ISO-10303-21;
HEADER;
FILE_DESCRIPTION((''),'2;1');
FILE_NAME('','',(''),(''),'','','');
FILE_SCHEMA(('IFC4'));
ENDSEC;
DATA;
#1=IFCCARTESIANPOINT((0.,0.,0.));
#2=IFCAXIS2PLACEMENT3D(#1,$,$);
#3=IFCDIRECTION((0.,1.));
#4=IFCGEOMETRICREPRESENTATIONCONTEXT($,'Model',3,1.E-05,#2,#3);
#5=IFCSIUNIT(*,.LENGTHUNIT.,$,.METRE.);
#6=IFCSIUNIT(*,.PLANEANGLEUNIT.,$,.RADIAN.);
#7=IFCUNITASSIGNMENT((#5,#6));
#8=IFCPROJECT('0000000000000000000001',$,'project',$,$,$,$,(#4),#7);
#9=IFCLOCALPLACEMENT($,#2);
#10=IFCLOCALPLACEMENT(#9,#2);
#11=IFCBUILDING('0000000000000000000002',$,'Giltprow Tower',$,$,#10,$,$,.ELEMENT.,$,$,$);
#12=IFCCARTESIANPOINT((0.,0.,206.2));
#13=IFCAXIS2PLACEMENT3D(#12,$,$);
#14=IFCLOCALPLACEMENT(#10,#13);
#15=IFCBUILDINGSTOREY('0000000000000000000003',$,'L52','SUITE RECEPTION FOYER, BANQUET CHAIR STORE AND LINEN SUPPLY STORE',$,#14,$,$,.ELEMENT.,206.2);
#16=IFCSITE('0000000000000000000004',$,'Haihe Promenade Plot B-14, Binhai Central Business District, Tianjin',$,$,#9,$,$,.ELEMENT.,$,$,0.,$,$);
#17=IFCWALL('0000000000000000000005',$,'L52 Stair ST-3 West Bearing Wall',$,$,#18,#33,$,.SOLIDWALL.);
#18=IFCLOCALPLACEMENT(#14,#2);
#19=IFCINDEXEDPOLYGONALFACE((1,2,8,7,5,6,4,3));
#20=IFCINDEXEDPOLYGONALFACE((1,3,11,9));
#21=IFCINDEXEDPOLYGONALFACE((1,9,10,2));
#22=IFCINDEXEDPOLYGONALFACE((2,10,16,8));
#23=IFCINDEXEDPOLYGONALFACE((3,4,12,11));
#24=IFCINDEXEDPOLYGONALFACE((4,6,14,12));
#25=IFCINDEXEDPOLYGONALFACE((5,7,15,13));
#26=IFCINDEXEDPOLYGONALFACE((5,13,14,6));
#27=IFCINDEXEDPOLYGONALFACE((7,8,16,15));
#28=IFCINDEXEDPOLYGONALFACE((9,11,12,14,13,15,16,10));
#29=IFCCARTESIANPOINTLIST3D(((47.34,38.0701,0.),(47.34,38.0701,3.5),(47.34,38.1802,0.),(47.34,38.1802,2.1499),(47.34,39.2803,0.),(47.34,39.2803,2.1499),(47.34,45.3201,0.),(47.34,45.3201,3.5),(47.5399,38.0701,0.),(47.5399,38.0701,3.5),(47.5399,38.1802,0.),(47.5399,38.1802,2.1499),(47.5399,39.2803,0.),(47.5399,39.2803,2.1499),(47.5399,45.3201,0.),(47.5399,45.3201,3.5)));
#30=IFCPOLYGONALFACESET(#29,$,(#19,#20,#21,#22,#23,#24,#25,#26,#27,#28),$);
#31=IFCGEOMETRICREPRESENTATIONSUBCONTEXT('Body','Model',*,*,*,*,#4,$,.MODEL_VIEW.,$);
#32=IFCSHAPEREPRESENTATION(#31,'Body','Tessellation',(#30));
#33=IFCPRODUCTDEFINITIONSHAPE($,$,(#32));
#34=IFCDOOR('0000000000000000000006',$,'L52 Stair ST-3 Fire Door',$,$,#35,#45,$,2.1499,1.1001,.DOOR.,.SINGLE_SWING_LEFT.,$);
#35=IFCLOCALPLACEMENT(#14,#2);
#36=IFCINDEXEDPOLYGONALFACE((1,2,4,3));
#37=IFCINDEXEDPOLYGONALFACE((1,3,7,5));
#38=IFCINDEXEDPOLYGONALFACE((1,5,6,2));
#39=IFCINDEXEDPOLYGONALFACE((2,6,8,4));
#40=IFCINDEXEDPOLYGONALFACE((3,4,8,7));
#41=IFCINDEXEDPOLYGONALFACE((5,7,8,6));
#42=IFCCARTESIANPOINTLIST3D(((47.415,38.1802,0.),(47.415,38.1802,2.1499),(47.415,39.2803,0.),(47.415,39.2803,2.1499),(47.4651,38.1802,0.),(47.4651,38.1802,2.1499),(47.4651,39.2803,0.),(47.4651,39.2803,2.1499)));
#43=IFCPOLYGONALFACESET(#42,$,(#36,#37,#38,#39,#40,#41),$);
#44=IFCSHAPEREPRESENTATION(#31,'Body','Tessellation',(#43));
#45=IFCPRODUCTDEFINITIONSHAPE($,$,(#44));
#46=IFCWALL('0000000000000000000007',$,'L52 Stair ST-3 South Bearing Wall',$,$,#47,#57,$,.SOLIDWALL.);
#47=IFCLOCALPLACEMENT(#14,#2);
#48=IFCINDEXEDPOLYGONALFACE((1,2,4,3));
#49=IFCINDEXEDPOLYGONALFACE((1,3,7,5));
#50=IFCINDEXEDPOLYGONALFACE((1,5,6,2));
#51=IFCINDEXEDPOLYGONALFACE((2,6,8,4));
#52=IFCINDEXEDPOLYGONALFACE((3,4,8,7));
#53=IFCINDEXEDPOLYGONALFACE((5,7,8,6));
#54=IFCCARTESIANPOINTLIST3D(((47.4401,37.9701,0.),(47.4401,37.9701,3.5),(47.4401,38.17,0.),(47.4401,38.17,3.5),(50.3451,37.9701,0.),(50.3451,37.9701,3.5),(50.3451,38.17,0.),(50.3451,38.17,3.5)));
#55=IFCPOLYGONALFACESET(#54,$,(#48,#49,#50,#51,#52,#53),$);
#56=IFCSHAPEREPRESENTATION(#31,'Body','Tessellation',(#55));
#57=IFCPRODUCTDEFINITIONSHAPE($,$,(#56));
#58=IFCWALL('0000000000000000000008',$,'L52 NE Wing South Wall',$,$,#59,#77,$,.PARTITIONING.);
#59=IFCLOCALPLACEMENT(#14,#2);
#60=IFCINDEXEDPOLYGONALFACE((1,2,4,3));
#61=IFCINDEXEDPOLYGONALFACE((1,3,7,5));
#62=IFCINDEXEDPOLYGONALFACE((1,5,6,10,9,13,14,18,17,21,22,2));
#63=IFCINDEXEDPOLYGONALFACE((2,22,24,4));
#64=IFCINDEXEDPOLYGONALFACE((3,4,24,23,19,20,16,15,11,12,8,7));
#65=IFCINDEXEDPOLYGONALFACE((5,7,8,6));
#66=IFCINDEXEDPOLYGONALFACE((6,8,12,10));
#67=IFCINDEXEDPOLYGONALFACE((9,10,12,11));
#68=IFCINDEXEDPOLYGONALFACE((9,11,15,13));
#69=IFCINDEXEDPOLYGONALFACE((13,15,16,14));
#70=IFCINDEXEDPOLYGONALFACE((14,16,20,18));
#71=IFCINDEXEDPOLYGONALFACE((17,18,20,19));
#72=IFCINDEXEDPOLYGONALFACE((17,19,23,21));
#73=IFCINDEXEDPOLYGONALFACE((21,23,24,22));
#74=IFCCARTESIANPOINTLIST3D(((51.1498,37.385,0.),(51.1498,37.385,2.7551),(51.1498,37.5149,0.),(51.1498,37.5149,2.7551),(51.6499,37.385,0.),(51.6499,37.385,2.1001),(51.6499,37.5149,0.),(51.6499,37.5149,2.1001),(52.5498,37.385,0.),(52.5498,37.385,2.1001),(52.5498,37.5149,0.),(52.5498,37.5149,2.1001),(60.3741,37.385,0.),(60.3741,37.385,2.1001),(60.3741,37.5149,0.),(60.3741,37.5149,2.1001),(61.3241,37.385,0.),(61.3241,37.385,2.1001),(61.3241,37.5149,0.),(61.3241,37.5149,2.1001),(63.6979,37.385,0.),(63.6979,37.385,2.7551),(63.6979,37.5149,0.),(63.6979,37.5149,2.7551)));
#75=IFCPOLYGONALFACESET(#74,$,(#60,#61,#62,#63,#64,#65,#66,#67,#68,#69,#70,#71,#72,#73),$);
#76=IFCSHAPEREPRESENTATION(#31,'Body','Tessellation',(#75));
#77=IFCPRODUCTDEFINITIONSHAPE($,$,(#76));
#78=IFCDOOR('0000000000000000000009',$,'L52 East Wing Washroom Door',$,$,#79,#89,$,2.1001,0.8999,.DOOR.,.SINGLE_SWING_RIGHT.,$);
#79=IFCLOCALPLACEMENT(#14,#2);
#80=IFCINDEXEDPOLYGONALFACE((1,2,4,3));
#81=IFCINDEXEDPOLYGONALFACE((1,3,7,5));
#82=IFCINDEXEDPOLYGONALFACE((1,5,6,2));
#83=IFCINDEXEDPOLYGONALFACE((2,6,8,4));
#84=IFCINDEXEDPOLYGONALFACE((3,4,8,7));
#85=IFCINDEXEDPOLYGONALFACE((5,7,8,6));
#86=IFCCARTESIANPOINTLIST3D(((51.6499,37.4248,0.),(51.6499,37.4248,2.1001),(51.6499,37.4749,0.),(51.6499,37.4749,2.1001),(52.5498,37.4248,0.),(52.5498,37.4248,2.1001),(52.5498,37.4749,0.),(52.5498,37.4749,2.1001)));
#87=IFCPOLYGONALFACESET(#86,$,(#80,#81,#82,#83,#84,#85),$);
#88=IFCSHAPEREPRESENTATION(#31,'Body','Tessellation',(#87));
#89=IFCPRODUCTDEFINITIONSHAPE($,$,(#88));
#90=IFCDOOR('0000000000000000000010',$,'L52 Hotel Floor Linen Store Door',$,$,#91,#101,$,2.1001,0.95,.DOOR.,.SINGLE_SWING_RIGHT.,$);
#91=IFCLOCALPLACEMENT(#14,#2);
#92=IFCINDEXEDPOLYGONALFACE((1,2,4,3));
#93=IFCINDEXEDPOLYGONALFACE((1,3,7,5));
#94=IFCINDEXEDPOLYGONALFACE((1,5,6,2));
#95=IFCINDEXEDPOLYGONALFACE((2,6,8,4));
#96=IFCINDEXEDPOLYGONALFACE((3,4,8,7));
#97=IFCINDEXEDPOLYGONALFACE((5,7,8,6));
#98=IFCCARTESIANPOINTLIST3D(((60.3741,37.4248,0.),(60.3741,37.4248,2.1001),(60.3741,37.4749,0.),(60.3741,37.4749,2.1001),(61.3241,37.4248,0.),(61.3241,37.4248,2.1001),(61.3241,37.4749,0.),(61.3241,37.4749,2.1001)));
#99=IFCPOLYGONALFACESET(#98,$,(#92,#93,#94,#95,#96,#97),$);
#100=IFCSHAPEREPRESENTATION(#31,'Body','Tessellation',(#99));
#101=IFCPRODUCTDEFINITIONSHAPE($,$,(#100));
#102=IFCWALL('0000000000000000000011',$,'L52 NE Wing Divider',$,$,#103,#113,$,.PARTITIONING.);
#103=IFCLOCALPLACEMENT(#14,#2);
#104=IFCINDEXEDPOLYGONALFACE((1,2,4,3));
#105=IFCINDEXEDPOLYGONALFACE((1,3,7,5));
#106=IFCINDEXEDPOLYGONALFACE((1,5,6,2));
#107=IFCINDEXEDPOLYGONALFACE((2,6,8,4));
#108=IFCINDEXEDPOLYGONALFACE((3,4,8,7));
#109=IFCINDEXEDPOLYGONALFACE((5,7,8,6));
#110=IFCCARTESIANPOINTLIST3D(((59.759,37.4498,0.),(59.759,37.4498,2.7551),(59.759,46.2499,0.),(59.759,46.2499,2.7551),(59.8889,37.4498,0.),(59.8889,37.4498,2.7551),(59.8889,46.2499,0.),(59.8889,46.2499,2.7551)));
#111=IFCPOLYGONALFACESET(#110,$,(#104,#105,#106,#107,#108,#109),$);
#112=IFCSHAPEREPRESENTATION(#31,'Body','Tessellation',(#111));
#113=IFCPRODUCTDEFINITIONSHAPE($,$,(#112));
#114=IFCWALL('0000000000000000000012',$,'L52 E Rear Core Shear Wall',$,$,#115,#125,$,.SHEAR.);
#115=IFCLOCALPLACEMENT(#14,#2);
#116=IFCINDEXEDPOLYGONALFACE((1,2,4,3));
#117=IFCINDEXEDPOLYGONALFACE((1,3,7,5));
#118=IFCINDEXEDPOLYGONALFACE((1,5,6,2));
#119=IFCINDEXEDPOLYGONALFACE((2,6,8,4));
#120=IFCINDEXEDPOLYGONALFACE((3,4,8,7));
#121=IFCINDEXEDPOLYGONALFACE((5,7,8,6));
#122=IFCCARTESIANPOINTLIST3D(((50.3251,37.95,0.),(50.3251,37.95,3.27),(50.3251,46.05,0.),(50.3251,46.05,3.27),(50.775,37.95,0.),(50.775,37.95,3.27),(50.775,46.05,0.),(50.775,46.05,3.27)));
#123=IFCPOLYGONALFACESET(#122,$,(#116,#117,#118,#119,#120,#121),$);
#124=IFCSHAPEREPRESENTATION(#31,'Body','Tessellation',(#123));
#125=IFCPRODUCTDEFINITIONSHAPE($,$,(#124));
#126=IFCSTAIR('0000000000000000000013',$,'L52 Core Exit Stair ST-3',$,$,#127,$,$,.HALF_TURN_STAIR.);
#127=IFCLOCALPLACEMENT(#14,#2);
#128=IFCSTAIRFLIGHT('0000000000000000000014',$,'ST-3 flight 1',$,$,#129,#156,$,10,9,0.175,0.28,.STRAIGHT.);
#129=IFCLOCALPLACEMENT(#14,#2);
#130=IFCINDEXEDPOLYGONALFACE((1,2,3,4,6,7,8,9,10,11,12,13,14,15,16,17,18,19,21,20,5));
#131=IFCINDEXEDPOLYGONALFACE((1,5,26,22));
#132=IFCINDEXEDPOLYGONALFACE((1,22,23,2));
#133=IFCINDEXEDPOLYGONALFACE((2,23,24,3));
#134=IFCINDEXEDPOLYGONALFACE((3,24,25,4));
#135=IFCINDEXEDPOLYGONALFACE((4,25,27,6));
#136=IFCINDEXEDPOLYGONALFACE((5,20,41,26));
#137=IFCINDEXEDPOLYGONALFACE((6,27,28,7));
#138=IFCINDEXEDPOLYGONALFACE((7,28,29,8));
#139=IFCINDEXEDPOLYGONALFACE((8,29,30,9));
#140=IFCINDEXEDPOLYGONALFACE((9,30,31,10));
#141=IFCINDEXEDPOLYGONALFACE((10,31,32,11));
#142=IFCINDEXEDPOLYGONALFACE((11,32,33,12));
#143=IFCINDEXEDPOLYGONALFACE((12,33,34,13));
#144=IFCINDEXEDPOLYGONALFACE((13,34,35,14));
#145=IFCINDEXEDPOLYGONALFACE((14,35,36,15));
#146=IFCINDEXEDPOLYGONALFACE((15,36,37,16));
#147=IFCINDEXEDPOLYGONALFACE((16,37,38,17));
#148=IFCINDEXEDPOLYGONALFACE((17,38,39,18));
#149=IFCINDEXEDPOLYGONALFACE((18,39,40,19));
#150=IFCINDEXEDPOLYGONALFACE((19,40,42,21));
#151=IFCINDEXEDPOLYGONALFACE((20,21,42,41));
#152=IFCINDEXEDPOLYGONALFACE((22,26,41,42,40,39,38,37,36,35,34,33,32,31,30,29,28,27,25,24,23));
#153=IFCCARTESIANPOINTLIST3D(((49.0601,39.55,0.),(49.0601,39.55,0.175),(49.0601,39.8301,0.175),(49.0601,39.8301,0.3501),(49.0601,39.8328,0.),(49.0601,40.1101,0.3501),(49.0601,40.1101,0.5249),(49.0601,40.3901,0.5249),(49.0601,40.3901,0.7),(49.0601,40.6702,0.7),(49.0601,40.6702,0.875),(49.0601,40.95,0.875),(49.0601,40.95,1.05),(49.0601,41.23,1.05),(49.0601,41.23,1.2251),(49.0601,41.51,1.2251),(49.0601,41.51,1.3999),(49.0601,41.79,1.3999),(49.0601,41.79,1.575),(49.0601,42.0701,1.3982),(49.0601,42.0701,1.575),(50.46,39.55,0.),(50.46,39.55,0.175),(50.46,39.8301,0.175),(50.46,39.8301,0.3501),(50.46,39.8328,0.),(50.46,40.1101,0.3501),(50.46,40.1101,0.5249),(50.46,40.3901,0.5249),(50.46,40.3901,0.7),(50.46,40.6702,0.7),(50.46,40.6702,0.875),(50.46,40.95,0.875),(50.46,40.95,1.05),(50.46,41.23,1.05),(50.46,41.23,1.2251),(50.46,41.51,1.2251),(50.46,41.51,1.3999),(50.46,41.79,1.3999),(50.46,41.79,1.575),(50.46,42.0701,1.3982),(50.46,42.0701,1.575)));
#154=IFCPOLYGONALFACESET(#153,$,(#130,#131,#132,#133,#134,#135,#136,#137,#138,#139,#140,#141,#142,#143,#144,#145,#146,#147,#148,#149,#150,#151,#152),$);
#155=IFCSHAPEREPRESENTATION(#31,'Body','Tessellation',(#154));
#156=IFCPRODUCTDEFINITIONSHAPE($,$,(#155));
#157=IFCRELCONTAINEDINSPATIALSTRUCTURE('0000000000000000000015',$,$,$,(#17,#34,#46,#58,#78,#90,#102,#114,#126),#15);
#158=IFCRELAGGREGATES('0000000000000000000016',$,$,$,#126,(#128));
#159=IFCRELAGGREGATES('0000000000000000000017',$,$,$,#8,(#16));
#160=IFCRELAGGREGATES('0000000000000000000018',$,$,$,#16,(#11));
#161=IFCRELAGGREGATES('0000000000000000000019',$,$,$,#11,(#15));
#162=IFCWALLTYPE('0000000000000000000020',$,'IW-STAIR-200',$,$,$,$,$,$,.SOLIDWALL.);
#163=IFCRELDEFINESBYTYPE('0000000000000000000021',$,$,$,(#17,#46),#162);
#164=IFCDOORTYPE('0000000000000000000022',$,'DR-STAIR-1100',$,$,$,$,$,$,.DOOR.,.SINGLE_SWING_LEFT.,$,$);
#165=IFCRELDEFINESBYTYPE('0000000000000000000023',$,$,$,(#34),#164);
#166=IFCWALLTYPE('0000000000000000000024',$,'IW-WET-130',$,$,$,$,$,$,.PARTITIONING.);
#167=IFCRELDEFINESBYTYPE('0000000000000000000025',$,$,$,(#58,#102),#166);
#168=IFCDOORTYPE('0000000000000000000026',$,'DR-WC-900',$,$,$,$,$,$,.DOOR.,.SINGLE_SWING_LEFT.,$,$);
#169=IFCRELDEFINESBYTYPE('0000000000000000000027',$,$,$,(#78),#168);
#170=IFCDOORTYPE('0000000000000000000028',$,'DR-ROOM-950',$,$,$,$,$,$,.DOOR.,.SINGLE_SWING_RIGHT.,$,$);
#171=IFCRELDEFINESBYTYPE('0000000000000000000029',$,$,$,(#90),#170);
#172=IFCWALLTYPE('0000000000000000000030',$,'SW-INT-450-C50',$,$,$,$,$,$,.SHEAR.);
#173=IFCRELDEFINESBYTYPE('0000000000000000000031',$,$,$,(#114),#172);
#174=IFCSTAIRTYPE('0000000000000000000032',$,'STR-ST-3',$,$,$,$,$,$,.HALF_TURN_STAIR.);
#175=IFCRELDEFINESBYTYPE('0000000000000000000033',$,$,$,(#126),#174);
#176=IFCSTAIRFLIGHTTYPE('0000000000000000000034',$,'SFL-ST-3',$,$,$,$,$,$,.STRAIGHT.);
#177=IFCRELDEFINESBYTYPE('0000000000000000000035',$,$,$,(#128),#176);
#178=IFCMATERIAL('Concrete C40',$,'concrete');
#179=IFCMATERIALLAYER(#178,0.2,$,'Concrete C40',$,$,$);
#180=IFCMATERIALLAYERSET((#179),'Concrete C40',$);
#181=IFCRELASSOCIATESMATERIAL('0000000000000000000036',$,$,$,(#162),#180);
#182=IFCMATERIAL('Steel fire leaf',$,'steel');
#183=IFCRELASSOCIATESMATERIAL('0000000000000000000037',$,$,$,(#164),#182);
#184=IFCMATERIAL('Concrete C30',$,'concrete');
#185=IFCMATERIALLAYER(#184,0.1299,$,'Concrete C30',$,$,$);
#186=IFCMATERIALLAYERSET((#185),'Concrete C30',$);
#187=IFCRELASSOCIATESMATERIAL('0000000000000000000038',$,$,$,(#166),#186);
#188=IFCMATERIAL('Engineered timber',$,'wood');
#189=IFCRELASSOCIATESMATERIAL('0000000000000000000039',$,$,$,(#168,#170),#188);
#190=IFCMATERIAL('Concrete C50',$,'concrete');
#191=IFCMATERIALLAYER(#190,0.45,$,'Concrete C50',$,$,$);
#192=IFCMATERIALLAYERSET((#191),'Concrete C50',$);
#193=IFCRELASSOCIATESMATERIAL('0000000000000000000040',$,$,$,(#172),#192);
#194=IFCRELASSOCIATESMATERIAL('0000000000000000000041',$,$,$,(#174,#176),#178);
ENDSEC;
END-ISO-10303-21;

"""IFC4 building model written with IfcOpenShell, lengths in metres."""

from ifc_helpers import new_model, si_unit, direction, frame, frame_2d, origin, place, context, subcontext, project, spatial, polyline, rectangle, outline, extrude, source, transform, mapped, material, layer, layer_set, type_object, element, fill, aggregate, save


model = new_model("IFC4")

# Units and contexts
model_context = context("Model", 3, precision=1e-05, world=origin(), true_north=direction((0.0, 1.0)))
body_context = subcontext(model_context, "Body", "Model", "MODEL_VIEW")
ifc_project = project(units=[si_unit("LENGTHUNIT", "METRE"), si_unit("PLANEANGLEUNIT", "RADIAN")], contexts=[model_context])

# Site, building, storey
site_placement = place(None, origin())
site = spatial("IfcSite", under=ifc_project, at=site_placement, Name="Haihe Promenade Plot B-14, Binhai Central Business District, Tianjin", CompositionType="ELEMENT", RefElevation=0.0)
building_placement = place(site_placement, origin())
building = spatial("IfcBuilding", under=site, at=building_placement, Name="Giltprow Tower", CompositionType="ELEMENT")
storey_placement = place(building_placement, frame((0.0, 0.0, 206.2)))
storey = spatial("IfcBuildingStorey", under=building, at=storey_placement, Name="L52", Description="SUITE RECEPTION FOYER, BANQUET CHAIR STORE AND LINEN SUPPLY STORE", CompositionType="ELEMENT", Elevation=206.2)

# Shared definitions
ifc_material_1 = material(Name="Concrete C50", Category="concrete")

# Wall, opening, door
ifc_material_2 = material(Name="Concrete C40", Category="concrete")
ifc_layer_1 = layer(ifc_material_2, 0.2, Name="Concrete C40")
ifc_layer_set_1 = layer_set([ifc_layer_1], Name="Concrete C40")
wall_type_1 = type_object("IfcWallType", Name="IW-STAIR-200", PredefinedType="SOLIDWALL", material=ifc_layer_set_1)
wall_1_placement = place(storey_placement, frame((47.4399, 38.0701, 0.0), z_axis=(0.0, 0.0, 1.0), x_axis=(0.0, 1.0, 0.0)))
wall_1 = element("IfcWall", 1, at=wall_1_placement, inside=storey, type_object=wall_type_1, Name="L52 Stair ST-3 West Bearing Wall", PredefinedType="SOLIDWALL", context=body_context, shape_type="SweptSolid", body=[
    extrude(rectangle(XDim=7.25, YDim=0.2, at=frame_2d((3.625, 0.0))), origin(), (0.0, 0.0, 1.0), 3.5),
])
opening_1_placement = place(wall_1_placement, frame((0.1101, 0.0, 0.0)))
opening_1 = element("IfcOpeningElement", 2, at=opening_1_placement, cuts=wall_1, PredefinedType="OPENING", context=body_context, shape_type="SweptSolid", body=[
    extrude(rectangle(XDim=1.1001, YDim=2.1499, at=frame_2d((0.55, 1.075))), frame((0.0, 0.1099, 0.0), z_axis=(0.0, -1.0, 0.0), x_axis=(1.0, 0.0, 0.0)), (0.0, 0.0, 1.0), 0.22),
])
ifc_material_3 = material(Name="Steel fire leaf", Category="steel")
door_type_1 = type_object("IfcDoorType", Name="DR-STAIR-1100", OperationType="SINGLE_SWING_LEFT", PredefinedType="DOOR", material=ifc_material_3)
shared_shape_1 = source(origin(), body_context, "Body", "SweptSolid", [
    extrude(rectangle(XDim=1.1001, YDim=2.1499, at=frame_2d((0.55, 1.075))), frame((0.0, 0.0249, 0.0), z_axis=(0.0, -1.0, 0.0), x_axis=(1.0, 0.0, 0.0)), (0.0, 0.0, 1.0), 0.05),
])
door_1_placement = place(opening_1_placement, origin())
door_1 = element("IfcDoor", 3, at=door_1_placement, inside=storey, type_object=door_type_1, Name="L52 Stair ST-3 Fire Door", OperationType="SINGLE_SWING_LEFT", OverallHeight=2.1499, OverallWidth=1.1001, PredefinedType="DOOR", context=body_context, shape_type="MappedRepresentation", body=[
    mapped(shared_shape_1, transform((0.0, 0.0, 0.0), x_axis=(1.0, 0.0, 0.0), y_axis=(0.0, 1.0, 0.0), z_axis=(0.0, 0.0, 1.0), scale=1.0)),
])
fill(opening_1, door_1)

# Wall
wall_2_placement = place(storey_placement, frame((47.4399, 38.0701, 0.0), z_axis=(0.0, 0.0, 1.0), x_axis=(1.0, 0.0, 0.0)))
element("IfcWall", 4, at=wall_2_placement, inside=storey, type_object=wall_type_1, Name="L52 Stair ST-3 South Bearing Wall", PredefinedType="SOLIDWALL", context=body_context, shape_type="SweptSolid", body=[
    extrude(rectangle(XDim=2.905, YDim=0.2, at=frame_2d((1.4526, 0.0))), origin(), (0.0, 0.0, 1.0), 3.5),
])

# Wall, openings, doors
ifc_material_4 = material(Name="Concrete C30", Category="concrete")
ifc_layer_2 = layer(ifc_material_4, 0.1299, Name="Concrete C30")
ifc_layer_set_2 = layer_set([ifc_layer_2], Name="Concrete C30")
wall_type_2 = type_object("IfcWallType", Name="IW-WET-130", PredefinedType="PARTITIONING", material=ifc_layer_set_2)
wall_3_placement = place(storey_placement, frame((51.1499, 37.45, 0.0), z_axis=(0.0, 0.0, 1.0), x_axis=(1.0, 0.0, 0.0)))
wall_3 = element("IfcWall", 5, at=wall_3_placement, inside=storey, type_object=wall_type_2, Name="L52 NE Wing South Wall", PredefinedType="PARTITIONING", context=body_context, shape_type="SweptSolid", body=[
    extrude(rectangle(XDim=12.5481, YDim=0.1299, at=frame_2d((6.2739, 0.0))), origin(), (0.0, 0.0, 1.0), 2.7551),
])
opening_2_placement = place(wall_3_placement, frame((0.5, 0.0, 0.0)))
opening_2 = element("IfcOpeningElement", 6, at=opening_2_placement, cuts=wall_3, PredefinedType="OPENING", context=body_context, shape_type="SweptSolid", body=[
    extrude(rectangle(XDim=0.8999, YDim=2.1001, at=frame_2d((0.45, 1.05))), frame((0.0, 0.075, 0.0), z_axis=(0.0, -1.0, 0.0), x_axis=(1.0, 0.0, 0.0)), (0.0, 0.0, 1.0), 0.1499),
])
opening_3_placement = place(wall_3_placement, frame((9.2241, 0.0, 0.0)))
opening_3 = element("IfcOpeningElement", 7, at=opening_3_placement, cuts=wall_3, PredefinedType="OPENING", context=body_context, shape_type="SweptSolid", body=[
    extrude(rectangle(XDim=0.95, YDim=2.1001, at=frame_2d((0.4751, 1.05))), frame((0.0, 0.075, 0.0), z_axis=(0.0, -1.0, 0.0), x_axis=(1.0, 0.0, 0.0)), (0.0, 0.0, 1.0), 0.1499),
])
ifc_material_5 = material(Name="Engineered timber", Category="wood")
door_type_2 = type_object("IfcDoorType", Name="DR-WC-900", OperationType="SINGLE_SWING_LEFT", PredefinedType="DOOR", material=ifc_material_5)
shared_shape_2 = source(origin(), body_context, "Body", "SweptSolid", [
    extrude(rectangle(XDim=0.8999, YDim=2.1001, at=frame_2d((0.45, 1.05))), frame((0.0, 0.0249, 0.0), z_axis=(0.0, -1.0, 0.0), x_axis=(1.0, 0.0, 0.0)), (0.0, 0.0, 1.0), 0.05),
])
door_2_placement = place(opening_2_placement, origin())
door_2 = element("IfcDoor", 8, at=door_2_placement, inside=storey, type_object=door_type_2, Name="L52 East Wing Washroom Door", OperationType="SINGLE_SWING_RIGHT", OverallHeight=2.1001, OverallWidth=0.8999, PredefinedType="DOOR", context=body_context, shape_type="MappedRepresentation", body=[
    mapped(shared_shape_2, transform((0.0, 0.0, 0.0), x_axis=(1.0, 0.0, 0.0), y_axis=(0.0, 1.0, 0.0), z_axis=(0.0, 0.0, 1.0), scale=1.0)),
])
fill(opening_2, door_2)
door_type_3 = type_object("IfcDoorType", Name="DR-ROOM-950", OperationType="SINGLE_SWING_RIGHT", PredefinedType="DOOR", material=ifc_material_5)
shared_shape_3 = source(origin(), body_context, "Body", "SweptSolid", [
    extrude(rectangle(XDim=0.95, YDim=2.1001, at=frame_2d((0.4751, 1.05))), frame((0.0, 0.0249, 0.0), z_axis=(0.0, -1.0, 0.0), x_axis=(1.0, 0.0, 0.0)), (0.0, 0.0, 1.0), 0.05),
])
door_3_placement = place(opening_3_placement, origin())
door_3 = element("IfcDoor", 9, at=door_3_placement, inside=storey, type_object=door_type_3, Name="L52 Hotel Floor Linen Store Door", OperationType="SINGLE_SWING_RIGHT", OverallHeight=2.1001, OverallWidth=0.95, PredefinedType="DOOR", context=body_context, shape_type="MappedRepresentation", body=[
    mapped(shared_shape_3, transform((0.0, 0.0, 0.0), x_axis=(1.0, 0.0, 0.0), y_axis=(0.0, 1.0, 0.0), z_axis=(0.0, 0.0, 1.0), scale=1.0)),
])
fill(opening_3, door_3)

# Walls
wall_4_placement = place(storey_placement, frame((59.824, 37.45, 0.0), z_axis=(0.0, 0.0, 1.0), x_axis=(0.0, 1.0, 0.0)))
element("IfcWall", 10, at=wall_4_placement, inside=storey, type_object=wall_type_2, Name="L52 NE Wing Divider", PredefinedType="PARTITIONING", context=body_context, shape_type="SweptSolid", body=[
    extrude(rectangle(XDim=8.8, YDim=0.1299, at=frame_2d((4.3999, 0.0))), origin(), (0.0, 0.0, 1.0), 2.7551),
])
ifc_layer_3 = layer(ifc_material_1, 0.45, Name="Concrete C50")
ifc_layer_set_3 = layer_set([ifc_layer_3], Name="Concrete C50")
wall_type_3 = type_object("IfcWallType", Name="SW-INT-450-C50", PredefinedType="SHEAR", material=ifc_layer_set_3)
wall_5_placement = place(storey_placement, frame((50.55, 37.95, 0.0), z_axis=(0.0, 0.0, 1.0), x_axis=(0.0, 1.0, 0.0)))
element("IfcWall", 11, at=wall_5_placement, inside=storey, type_object=wall_type_3, Name="L52 E Rear Core Shear Wall", PredefinedType="SHEAR", context=body_context, shape_type="SweptSolid", body=[
    extrude(rectangle(XDim=8.1001, YDim=0.45, at=frame_2d((4.05, 0.0))), origin(), (0.0, 0.0, 1.0), 3.27),
])

# Stair, stair flight
stair_type = type_object("IfcStairType", Name="STR-ST-3", PredefinedType="HALF_TURN_STAIR", material=ifc_material_2)
stair_placement = place(storey_placement, origin())
stair = element("IfcStair", 12, at=stair_placement, inside=storey, type_object=stair_type, Name="L52 Core Exit Stair ST-3", PredefinedType="HALF_TURN_STAIR")
stair_flight_type = type_object("IfcStairFlightType", Name="SFL-ST-3", PredefinedType="STRAIGHT", material=ifc_material_2)
stair_flight_placement = place(storey_placement, frame((49.76, 39.55, 0.0), z_axis=(0.0, 0.0, 1.0), x_axis=(0.0, 1.0, 0.0)))
stair_flight = element("IfcStairFlight", 13, at=stair_flight_placement, type_object=stair_flight_type, Name="ST-3 flight 1", NumberOfRisers=10, NumberOfTreads=9, PredefinedType="STRAIGHT", RiserHeight=0.175, TreadLength=0.28, context=body_context, shape_type="SweptSolid", body=[
    extrude(outline(polyline([(0.0, 0.0), (0.0, 0.175), (0.28, 0.175), (0.28, 0.3501), (0.5601, 0.3501), (0.5601, 0.5249), (0.8401, 0.5249), (0.8401, 0.7), (1.1201, 0.7), (1.1201, 0.875), (1.3999, 0.875), (1.3999, 1.05), (1.6799, 1.05), (1.6799, 1.2251), (1.96, 1.2251), (1.96, 1.3999), (2.24, 1.3999), (2.24, 1.575), (2.52, 1.575), (2.52, 1.75), (2.52, 1.3982), (0.2827, 0.0), (0.0, 0.0)])), frame((0.0, 0.7, 0.0), z_axis=(0.0, -1.0, 0.0), x_axis=(1.0, 0.0, 0.0)), (0.0, 0.0, 1.0), 1.3999),
])
aggregate(stair, [stair_flight])

save(model, "model.ifc")
